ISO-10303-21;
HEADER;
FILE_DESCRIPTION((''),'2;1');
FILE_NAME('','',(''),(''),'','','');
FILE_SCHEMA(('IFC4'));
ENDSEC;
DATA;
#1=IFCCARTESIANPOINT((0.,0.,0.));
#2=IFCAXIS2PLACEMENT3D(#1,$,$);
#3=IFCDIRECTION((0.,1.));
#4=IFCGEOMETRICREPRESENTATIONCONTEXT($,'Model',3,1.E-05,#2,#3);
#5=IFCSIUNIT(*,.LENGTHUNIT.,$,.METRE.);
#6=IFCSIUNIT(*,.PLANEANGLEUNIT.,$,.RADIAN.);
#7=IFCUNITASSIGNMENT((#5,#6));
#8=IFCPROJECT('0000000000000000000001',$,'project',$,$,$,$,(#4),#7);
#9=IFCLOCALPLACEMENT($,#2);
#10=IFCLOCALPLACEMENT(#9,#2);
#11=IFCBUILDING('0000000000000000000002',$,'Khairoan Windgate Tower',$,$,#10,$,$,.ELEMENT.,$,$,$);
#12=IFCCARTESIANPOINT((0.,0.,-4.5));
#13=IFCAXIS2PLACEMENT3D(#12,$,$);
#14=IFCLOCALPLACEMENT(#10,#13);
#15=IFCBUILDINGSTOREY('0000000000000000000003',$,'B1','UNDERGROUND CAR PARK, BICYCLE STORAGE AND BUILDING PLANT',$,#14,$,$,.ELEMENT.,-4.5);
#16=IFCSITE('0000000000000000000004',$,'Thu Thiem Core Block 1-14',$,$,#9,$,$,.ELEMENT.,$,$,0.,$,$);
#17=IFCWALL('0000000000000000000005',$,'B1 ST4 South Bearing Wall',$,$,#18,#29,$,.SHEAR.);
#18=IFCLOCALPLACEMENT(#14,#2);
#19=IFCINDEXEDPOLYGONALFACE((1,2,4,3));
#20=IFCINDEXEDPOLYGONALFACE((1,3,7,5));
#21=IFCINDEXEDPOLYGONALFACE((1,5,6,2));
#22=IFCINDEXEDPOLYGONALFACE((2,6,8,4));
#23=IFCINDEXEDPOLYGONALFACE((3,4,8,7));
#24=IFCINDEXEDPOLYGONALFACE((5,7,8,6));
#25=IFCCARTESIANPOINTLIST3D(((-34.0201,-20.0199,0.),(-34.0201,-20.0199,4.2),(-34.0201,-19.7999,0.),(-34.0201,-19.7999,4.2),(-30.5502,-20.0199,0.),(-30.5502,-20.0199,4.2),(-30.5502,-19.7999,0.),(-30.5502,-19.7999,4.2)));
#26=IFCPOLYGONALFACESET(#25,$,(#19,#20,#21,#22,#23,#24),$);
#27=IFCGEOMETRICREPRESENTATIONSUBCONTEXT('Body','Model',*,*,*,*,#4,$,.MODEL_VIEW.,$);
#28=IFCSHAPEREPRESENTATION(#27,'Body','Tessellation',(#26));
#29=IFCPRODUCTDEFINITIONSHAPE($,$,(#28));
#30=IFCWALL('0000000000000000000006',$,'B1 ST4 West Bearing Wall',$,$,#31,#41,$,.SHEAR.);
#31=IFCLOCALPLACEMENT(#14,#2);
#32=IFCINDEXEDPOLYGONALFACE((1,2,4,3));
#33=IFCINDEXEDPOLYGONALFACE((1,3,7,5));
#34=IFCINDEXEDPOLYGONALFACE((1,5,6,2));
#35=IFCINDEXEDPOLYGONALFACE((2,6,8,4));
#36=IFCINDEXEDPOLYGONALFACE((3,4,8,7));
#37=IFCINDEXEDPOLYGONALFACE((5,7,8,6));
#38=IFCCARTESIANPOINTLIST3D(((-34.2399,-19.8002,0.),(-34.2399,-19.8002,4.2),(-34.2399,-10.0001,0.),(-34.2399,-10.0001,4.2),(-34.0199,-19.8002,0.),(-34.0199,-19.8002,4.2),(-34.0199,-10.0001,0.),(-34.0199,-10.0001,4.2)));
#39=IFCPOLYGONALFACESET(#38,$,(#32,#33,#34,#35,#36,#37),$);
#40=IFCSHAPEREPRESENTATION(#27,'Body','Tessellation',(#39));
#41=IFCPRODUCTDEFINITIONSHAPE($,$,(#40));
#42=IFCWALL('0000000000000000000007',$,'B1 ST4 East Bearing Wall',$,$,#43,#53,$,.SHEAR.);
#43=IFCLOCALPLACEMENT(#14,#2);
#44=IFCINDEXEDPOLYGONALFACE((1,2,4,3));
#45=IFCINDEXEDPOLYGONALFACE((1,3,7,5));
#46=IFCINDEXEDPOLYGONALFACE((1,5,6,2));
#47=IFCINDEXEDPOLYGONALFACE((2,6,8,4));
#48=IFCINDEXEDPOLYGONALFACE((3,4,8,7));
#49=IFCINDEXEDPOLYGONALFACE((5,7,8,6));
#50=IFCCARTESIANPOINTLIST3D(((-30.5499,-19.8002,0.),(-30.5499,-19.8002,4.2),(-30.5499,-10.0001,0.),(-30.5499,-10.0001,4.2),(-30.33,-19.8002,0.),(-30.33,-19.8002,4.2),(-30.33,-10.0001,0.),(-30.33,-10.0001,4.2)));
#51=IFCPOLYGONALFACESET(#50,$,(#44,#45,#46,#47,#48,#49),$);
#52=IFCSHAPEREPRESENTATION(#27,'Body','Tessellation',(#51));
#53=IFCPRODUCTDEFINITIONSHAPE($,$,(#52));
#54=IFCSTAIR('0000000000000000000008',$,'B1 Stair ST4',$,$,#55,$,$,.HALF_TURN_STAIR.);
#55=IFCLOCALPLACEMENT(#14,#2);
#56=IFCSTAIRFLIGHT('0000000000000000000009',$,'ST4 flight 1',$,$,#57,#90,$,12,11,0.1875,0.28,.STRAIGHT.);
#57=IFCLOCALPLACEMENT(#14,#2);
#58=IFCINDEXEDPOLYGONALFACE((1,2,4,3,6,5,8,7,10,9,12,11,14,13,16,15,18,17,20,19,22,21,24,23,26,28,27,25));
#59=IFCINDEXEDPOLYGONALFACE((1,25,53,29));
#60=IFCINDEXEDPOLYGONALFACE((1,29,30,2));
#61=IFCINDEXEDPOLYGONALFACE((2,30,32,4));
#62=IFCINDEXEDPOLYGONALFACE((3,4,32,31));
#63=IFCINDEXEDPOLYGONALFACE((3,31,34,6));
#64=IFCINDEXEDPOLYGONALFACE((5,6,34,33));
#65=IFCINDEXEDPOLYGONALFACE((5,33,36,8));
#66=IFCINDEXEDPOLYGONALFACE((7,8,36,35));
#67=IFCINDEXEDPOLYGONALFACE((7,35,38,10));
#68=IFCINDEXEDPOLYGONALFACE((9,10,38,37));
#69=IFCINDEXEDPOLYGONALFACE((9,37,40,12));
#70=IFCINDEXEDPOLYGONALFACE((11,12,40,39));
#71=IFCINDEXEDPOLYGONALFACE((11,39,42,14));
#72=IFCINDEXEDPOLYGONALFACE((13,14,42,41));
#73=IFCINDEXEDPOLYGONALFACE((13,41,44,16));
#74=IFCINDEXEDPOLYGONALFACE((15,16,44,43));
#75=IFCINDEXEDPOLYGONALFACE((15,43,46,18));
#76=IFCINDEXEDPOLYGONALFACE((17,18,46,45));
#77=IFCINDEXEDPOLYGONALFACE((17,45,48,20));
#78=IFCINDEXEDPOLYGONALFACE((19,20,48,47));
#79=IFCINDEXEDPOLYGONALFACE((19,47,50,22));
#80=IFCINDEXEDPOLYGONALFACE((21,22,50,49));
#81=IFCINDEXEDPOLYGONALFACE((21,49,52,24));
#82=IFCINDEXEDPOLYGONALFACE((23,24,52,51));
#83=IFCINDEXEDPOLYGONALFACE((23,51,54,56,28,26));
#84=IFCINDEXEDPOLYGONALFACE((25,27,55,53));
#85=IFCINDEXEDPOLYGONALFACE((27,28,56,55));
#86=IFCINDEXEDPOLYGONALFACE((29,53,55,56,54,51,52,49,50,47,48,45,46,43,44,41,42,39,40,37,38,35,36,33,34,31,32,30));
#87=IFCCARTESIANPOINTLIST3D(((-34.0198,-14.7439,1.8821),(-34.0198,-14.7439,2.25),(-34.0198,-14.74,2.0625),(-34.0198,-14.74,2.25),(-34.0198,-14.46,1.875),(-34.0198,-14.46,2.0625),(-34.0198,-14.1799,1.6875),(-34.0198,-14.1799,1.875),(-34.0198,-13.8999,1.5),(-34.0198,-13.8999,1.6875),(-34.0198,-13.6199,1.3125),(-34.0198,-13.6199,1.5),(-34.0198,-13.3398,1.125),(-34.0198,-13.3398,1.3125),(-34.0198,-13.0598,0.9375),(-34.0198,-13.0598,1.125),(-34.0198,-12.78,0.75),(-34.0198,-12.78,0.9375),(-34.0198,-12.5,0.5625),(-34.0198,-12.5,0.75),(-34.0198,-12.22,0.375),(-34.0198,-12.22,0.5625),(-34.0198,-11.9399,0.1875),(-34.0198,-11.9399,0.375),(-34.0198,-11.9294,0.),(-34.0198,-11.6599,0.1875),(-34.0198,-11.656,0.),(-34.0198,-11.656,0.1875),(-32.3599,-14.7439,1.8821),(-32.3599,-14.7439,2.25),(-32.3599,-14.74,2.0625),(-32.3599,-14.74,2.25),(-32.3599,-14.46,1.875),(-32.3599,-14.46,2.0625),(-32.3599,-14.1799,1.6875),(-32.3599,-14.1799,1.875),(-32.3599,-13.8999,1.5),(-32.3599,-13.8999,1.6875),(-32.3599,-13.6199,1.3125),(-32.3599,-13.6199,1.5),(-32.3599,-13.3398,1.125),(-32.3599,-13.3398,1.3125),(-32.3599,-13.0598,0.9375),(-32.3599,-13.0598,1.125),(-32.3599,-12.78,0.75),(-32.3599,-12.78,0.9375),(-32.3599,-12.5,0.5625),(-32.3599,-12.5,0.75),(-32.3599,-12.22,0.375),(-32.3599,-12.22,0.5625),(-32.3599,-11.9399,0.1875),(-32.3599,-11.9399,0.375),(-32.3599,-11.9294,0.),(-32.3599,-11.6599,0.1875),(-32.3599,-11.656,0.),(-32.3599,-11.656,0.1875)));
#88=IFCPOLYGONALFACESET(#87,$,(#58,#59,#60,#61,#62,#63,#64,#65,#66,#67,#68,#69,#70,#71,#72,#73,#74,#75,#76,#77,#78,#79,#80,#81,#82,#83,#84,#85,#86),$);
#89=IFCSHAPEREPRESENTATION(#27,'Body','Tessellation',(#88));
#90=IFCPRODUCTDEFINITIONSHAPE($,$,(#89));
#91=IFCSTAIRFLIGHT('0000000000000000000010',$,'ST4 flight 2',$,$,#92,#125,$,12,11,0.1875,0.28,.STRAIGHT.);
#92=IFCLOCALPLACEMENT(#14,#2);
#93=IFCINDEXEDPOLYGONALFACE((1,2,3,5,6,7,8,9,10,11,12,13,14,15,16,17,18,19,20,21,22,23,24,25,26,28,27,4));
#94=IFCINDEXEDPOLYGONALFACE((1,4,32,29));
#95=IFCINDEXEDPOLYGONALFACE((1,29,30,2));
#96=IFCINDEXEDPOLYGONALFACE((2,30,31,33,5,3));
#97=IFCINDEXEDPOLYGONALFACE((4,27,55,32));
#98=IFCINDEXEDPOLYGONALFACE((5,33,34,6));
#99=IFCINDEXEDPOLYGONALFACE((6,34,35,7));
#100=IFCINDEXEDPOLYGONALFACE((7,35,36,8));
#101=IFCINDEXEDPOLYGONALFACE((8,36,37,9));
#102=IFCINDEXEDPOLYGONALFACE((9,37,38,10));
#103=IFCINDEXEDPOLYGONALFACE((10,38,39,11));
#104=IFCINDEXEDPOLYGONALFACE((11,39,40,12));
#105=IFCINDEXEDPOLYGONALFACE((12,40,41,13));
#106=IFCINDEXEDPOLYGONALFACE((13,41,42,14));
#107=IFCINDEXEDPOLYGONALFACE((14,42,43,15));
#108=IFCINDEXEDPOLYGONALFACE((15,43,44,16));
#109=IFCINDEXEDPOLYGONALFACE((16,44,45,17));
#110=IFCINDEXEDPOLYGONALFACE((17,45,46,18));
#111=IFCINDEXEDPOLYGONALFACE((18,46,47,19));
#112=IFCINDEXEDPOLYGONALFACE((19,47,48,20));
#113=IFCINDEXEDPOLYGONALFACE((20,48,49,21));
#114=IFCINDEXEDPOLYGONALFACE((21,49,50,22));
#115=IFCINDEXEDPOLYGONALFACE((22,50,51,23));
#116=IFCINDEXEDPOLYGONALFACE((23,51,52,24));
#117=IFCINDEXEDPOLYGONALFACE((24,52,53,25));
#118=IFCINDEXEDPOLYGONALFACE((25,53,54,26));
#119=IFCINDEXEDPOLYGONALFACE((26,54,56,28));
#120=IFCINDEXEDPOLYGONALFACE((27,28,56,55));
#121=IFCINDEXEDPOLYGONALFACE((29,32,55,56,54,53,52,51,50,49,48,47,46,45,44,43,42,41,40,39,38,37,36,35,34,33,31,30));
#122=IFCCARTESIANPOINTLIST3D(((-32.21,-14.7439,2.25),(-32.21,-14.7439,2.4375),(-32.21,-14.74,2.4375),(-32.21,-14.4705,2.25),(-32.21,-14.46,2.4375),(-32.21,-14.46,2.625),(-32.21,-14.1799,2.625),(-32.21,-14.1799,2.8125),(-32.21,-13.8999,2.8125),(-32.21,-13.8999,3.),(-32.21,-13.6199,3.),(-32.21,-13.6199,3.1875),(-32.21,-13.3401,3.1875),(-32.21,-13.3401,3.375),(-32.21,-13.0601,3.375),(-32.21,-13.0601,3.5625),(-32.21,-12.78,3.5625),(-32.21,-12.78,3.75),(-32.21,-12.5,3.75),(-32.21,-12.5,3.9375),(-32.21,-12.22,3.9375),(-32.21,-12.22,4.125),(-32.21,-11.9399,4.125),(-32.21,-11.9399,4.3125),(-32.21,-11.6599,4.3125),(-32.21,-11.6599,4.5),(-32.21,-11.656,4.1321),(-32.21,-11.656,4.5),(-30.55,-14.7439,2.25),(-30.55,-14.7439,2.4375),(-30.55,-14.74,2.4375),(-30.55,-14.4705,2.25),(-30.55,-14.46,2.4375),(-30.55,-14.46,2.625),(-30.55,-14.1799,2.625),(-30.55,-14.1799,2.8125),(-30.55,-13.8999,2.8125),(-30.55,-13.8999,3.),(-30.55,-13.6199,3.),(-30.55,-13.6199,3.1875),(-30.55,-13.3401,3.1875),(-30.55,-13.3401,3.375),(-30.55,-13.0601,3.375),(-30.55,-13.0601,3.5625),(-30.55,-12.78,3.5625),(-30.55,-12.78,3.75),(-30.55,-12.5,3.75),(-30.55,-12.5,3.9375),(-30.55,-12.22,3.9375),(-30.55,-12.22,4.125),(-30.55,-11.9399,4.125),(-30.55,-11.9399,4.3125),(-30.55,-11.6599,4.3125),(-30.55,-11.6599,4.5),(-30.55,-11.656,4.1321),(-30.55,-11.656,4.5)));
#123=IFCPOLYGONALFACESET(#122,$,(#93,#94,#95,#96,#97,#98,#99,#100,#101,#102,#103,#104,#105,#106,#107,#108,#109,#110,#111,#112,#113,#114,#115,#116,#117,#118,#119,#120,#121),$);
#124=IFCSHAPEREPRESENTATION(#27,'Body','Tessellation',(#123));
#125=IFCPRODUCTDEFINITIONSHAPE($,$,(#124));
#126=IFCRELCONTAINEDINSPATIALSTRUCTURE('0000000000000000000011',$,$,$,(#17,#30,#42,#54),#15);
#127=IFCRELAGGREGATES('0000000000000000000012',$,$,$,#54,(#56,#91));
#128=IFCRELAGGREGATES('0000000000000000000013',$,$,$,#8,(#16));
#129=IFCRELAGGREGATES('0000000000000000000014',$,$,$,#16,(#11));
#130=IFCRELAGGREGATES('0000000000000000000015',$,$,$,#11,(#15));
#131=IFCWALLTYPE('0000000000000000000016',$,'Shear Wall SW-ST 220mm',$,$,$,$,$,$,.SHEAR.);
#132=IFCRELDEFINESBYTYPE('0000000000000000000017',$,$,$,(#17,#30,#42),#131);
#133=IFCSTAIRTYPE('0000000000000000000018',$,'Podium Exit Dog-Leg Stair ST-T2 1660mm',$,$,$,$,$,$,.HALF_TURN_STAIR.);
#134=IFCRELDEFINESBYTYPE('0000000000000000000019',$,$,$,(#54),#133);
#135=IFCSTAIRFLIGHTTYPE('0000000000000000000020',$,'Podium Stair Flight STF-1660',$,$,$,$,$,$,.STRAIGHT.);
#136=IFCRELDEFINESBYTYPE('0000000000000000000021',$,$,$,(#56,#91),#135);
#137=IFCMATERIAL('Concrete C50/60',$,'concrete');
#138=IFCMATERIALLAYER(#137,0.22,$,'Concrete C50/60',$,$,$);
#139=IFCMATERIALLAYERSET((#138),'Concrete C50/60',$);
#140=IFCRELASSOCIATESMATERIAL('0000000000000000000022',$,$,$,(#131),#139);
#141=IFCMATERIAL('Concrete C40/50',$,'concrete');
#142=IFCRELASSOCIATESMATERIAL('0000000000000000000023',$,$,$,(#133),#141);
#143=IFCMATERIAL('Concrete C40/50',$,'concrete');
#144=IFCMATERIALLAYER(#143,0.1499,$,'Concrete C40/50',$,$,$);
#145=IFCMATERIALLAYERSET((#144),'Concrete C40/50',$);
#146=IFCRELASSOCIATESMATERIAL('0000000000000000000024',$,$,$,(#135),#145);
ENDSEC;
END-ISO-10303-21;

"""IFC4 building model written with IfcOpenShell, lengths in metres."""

from ifc_helpers import new_model, si_unit, direction, frame, frame_2d, origin, place, context, subcontext, project, spatial, polyline, rectangle, outline, extrude, material, layer, layer_set, type_object, element, aggregate, save


model = new_model("IFC4")

# Units and contexts
model_context = context("Model", 3, precision=1e-05, world=origin(), true_north=direction((0.0, 1.0)))
body_context = subcontext(model_context, "Body", "Model", "MODEL_VIEW")
ifc_project = project(units=[si_unit("LENGTHUNIT", "METRE"), si_unit("PLANEANGLEUNIT", "RADIAN")], contexts=[model_context])

# Site, building, storey
site_placement = place(None, origin())
site = spatial("IfcSite", under=ifc_project, at=site_placement, Name="Thu Thiem Core Block 1-14", CompositionType="ELEMENT", RefElevation=0.0)
building_placement = place(site_placement, origin())
building = spatial("IfcBuilding", under=site, at=building_placement, Name="Khairoan Windgate Tower", CompositionType="ELEMENT")
storey_placement = place(building_placement, frame((0.0, 0.0, -4.5)))
storey = spatial("IfcBuildingStorey", under=building, at=storey_placement, Name="B1", Description="UNDERGROUND CAR PARK, BICYCLE STORAGE AND BUILDING PLANT", CompositionType="ELEMENT", Elevation=-4.5)

# Walls
ifc_material_1 = material(Name="Concrete C50/60", Category="concrete")
ifc_layer_1 = layer(ifc_material_1, 0.22, Name="Concrete C50/60")
ifc_layer_set_1 = layer_set([ifc_layer_1], Name="Concrete C50/60")
wall_type_1 = type_object("IfcWallType", Name="Shear Wall SW-ST 220mm", PredefinedType="SHEAR", material=ifc_layer_set_1)
wall_1_placement = place(storey_placement, frame((-34.02, -19.9099, 0.0), z_axis=(0.0, 0.0, 1.0), x_axis=(1.0, 0.0, 0.0)))
element("IfcWall", 1, at=wall_1_placement, inside=storey, type_object=wall_type_1, Name="B1 ST4 South Bearing Wall", PredefinedType="SHEAR", context=body_context, shape_type="SweptSolid", body=[
    extrude(rectangle(XDim=3.47, YDim=0.22, at=frame_2d((1.7349, 0.0))), origin(), (0.0, 0.0, 1.0), 4.2),
])
for number, where, z_axis, x_axis, name in (
    (2, (-34.1299, -19.8, 0.0), (0.0, 0.0, 1.0), (0.0, 1.0, 0.0), "B1 ST4 West Bearing Wall"),
    (3, (-30.4399, -19.8, 0.0), (0.0, 0.0, 1.0), (0.0, 1.0, 0.0), "B1 ST4 East Bearing Wall"),
):
    element("IfcWall", number, at=place(storey_placement, frame(where, z_axis=z_axis, x_axis=x_axis)), inside=storey, type_object=wall_type_1, Name=name, PredefinedType="SHEAR", context=body_context, shape_type="SweptSolid", body=[
        extrude(rectangle(XDim=9.8, YDim=0.22, at=frame_2d((4.8999, 0.0))), origin(), (0.0, 0.0, 1.0), 4.2),
    ])

# Stair, stair flights
ifc_material_2 = material(Name="Concrete C40/50", Category="concrete")
stair_type = type_object("IfcStairType", Name="Podium Exit Dog-Leg Stair ST-T2 1660mm", PredefinedType="HALF_TURN_STAIR", material=ifc_material_2)
stair_placement = place(storey_placement, origin())
stair = element("IfcStair", 4, at=stair_placement, inside=storey, type_object=stair_type, Name="B1 Stair ST4", PredefinedType="HALF_TURN_STAIR")
ifc_material_3 = material(Name="Concrete C40/50", Category="concrete")
ifc_layer_2 = layer(ifc_material_3, 0.1499, Name="Concrete C40/50")
ifc_layer_set_2 = layer_set([ifc_layer_2], Name="Concrete C40/50")
stair_flight_type = type_object("IfcStairFlightType", Name="Podium Stair Flight STF-1660", PredefinedType="STRAIGHT", material=ifc_layer_set_2)
stair_flight_1_placement = place(storey_placement, frame((-33.1899, -11.6599, 0.0), z_axis=(0.0, 0.0, 1.0), x_axis=(0.0, -1.0, 0.0)))
stair_flight_1 = element("IfcStairFlight", 5, at=stair_flight_1_placement, type_object=stair_flight_type, Name="ST4 flight 1", NumberOfRisers=12, NumberOfTreads=11, PredefinedType="STRAIGHT", RiserHeight=0.1875, TreadLength=0.28, context=body_context, shape_type="SweptSolid", body=[
    extrude(outline(polyline([(-0.0039, 0.0), (-0.0039, 0.1875), (0.0, 0.1875), (0.28, 0.1875), (0.28, 0.375), (0.5601, 0.375), (0.5601, 0.5625), (0.8401, 0.5625), (0.8401, 0.75), (1.1201, 0.75), (1.1201, 0.9375), (1.3999, 0.9375), (1.3999, 1.125), (1.6799, 1.125), (1.6799, 1.3125), (1.96, 1.3125), (1.96, 1.5), (2.24, 1.5), (2.24, 1.6875), (2.52, 1.6875), (2.52, 1.875), (2.8, 1.875), (2.8, 2.0625), (3.0801, 2.0625), (3.0801, 2.25), (3.084, 2.25), (3.084, 1.8821), (0.2695, 0.0), (-0.0039, 0.0)])), frame((0.0, 0.8301, 0.0), z_axis=(0.0, -1.0, 0.0), x_axis=(1.0, 0.0, 0.0)), (0.0, 0.0, 1.0), 1.6599),
])
stair_flight_2_placement = place(storey_placement, frame((-31.3799, -14.74, 2.25), z_axis=(0.0, 0.0, 1.0), x_axis=(0.0, 1.0, 0.0)))
stair_flight_2 = element("IfcStairFlight", 6, at=stair_flight_2_placement, type_object=stair_flight_type, Name="ST4 flight 2", NumberOfRisers=12, NumberOfTreads=11, PredefinedType="STRAIGHT", RiserHeight=0.1875, TreadLength=0.28, context=body_context, shape_type="SweptSolid", body=[
    extrude(outline(polyline([(-0.0039, 0.0), (-0.0039, 0.1875), (0.0, 0.1875), (0.28, 0.1875), (0.28, 0.375), (0.5601, 0.375), (0.5601, 0.5625), (0.8401, 0.5625), (0.8401, 0.75), (1.1201, 0.75), (1.1201, 0.9375), (1.3999, 0.9375), (1.3999, 1.125), (1.6799, 1.125), (1.6799, 1.3125), (1.96, 1.3125), (1.96, 1.5), (2.24, 1.5), (2.24, 1.6875), (2.52, 1.6875), (2.52, 1.875), (2.8, 1.875), (2.8, 2.0625), (3.0801, 2.0625), (3.0801, 2.25), (3.084, 2.25), (3.084, 1.8821), (0.2695, 0.0), (-0.0039, 0.0)])), frame((0.0, 0.8301, 0.0), z_axis=(0.0, -1.0, 0.0), x_axis=(1.0, 0.0, 0.0)), (0.0, 0.0, 1.0), 1.6599),
])
aggregate(stair, [stair_flight_1, stair_flight_2])

save(model, "model.ifc")
